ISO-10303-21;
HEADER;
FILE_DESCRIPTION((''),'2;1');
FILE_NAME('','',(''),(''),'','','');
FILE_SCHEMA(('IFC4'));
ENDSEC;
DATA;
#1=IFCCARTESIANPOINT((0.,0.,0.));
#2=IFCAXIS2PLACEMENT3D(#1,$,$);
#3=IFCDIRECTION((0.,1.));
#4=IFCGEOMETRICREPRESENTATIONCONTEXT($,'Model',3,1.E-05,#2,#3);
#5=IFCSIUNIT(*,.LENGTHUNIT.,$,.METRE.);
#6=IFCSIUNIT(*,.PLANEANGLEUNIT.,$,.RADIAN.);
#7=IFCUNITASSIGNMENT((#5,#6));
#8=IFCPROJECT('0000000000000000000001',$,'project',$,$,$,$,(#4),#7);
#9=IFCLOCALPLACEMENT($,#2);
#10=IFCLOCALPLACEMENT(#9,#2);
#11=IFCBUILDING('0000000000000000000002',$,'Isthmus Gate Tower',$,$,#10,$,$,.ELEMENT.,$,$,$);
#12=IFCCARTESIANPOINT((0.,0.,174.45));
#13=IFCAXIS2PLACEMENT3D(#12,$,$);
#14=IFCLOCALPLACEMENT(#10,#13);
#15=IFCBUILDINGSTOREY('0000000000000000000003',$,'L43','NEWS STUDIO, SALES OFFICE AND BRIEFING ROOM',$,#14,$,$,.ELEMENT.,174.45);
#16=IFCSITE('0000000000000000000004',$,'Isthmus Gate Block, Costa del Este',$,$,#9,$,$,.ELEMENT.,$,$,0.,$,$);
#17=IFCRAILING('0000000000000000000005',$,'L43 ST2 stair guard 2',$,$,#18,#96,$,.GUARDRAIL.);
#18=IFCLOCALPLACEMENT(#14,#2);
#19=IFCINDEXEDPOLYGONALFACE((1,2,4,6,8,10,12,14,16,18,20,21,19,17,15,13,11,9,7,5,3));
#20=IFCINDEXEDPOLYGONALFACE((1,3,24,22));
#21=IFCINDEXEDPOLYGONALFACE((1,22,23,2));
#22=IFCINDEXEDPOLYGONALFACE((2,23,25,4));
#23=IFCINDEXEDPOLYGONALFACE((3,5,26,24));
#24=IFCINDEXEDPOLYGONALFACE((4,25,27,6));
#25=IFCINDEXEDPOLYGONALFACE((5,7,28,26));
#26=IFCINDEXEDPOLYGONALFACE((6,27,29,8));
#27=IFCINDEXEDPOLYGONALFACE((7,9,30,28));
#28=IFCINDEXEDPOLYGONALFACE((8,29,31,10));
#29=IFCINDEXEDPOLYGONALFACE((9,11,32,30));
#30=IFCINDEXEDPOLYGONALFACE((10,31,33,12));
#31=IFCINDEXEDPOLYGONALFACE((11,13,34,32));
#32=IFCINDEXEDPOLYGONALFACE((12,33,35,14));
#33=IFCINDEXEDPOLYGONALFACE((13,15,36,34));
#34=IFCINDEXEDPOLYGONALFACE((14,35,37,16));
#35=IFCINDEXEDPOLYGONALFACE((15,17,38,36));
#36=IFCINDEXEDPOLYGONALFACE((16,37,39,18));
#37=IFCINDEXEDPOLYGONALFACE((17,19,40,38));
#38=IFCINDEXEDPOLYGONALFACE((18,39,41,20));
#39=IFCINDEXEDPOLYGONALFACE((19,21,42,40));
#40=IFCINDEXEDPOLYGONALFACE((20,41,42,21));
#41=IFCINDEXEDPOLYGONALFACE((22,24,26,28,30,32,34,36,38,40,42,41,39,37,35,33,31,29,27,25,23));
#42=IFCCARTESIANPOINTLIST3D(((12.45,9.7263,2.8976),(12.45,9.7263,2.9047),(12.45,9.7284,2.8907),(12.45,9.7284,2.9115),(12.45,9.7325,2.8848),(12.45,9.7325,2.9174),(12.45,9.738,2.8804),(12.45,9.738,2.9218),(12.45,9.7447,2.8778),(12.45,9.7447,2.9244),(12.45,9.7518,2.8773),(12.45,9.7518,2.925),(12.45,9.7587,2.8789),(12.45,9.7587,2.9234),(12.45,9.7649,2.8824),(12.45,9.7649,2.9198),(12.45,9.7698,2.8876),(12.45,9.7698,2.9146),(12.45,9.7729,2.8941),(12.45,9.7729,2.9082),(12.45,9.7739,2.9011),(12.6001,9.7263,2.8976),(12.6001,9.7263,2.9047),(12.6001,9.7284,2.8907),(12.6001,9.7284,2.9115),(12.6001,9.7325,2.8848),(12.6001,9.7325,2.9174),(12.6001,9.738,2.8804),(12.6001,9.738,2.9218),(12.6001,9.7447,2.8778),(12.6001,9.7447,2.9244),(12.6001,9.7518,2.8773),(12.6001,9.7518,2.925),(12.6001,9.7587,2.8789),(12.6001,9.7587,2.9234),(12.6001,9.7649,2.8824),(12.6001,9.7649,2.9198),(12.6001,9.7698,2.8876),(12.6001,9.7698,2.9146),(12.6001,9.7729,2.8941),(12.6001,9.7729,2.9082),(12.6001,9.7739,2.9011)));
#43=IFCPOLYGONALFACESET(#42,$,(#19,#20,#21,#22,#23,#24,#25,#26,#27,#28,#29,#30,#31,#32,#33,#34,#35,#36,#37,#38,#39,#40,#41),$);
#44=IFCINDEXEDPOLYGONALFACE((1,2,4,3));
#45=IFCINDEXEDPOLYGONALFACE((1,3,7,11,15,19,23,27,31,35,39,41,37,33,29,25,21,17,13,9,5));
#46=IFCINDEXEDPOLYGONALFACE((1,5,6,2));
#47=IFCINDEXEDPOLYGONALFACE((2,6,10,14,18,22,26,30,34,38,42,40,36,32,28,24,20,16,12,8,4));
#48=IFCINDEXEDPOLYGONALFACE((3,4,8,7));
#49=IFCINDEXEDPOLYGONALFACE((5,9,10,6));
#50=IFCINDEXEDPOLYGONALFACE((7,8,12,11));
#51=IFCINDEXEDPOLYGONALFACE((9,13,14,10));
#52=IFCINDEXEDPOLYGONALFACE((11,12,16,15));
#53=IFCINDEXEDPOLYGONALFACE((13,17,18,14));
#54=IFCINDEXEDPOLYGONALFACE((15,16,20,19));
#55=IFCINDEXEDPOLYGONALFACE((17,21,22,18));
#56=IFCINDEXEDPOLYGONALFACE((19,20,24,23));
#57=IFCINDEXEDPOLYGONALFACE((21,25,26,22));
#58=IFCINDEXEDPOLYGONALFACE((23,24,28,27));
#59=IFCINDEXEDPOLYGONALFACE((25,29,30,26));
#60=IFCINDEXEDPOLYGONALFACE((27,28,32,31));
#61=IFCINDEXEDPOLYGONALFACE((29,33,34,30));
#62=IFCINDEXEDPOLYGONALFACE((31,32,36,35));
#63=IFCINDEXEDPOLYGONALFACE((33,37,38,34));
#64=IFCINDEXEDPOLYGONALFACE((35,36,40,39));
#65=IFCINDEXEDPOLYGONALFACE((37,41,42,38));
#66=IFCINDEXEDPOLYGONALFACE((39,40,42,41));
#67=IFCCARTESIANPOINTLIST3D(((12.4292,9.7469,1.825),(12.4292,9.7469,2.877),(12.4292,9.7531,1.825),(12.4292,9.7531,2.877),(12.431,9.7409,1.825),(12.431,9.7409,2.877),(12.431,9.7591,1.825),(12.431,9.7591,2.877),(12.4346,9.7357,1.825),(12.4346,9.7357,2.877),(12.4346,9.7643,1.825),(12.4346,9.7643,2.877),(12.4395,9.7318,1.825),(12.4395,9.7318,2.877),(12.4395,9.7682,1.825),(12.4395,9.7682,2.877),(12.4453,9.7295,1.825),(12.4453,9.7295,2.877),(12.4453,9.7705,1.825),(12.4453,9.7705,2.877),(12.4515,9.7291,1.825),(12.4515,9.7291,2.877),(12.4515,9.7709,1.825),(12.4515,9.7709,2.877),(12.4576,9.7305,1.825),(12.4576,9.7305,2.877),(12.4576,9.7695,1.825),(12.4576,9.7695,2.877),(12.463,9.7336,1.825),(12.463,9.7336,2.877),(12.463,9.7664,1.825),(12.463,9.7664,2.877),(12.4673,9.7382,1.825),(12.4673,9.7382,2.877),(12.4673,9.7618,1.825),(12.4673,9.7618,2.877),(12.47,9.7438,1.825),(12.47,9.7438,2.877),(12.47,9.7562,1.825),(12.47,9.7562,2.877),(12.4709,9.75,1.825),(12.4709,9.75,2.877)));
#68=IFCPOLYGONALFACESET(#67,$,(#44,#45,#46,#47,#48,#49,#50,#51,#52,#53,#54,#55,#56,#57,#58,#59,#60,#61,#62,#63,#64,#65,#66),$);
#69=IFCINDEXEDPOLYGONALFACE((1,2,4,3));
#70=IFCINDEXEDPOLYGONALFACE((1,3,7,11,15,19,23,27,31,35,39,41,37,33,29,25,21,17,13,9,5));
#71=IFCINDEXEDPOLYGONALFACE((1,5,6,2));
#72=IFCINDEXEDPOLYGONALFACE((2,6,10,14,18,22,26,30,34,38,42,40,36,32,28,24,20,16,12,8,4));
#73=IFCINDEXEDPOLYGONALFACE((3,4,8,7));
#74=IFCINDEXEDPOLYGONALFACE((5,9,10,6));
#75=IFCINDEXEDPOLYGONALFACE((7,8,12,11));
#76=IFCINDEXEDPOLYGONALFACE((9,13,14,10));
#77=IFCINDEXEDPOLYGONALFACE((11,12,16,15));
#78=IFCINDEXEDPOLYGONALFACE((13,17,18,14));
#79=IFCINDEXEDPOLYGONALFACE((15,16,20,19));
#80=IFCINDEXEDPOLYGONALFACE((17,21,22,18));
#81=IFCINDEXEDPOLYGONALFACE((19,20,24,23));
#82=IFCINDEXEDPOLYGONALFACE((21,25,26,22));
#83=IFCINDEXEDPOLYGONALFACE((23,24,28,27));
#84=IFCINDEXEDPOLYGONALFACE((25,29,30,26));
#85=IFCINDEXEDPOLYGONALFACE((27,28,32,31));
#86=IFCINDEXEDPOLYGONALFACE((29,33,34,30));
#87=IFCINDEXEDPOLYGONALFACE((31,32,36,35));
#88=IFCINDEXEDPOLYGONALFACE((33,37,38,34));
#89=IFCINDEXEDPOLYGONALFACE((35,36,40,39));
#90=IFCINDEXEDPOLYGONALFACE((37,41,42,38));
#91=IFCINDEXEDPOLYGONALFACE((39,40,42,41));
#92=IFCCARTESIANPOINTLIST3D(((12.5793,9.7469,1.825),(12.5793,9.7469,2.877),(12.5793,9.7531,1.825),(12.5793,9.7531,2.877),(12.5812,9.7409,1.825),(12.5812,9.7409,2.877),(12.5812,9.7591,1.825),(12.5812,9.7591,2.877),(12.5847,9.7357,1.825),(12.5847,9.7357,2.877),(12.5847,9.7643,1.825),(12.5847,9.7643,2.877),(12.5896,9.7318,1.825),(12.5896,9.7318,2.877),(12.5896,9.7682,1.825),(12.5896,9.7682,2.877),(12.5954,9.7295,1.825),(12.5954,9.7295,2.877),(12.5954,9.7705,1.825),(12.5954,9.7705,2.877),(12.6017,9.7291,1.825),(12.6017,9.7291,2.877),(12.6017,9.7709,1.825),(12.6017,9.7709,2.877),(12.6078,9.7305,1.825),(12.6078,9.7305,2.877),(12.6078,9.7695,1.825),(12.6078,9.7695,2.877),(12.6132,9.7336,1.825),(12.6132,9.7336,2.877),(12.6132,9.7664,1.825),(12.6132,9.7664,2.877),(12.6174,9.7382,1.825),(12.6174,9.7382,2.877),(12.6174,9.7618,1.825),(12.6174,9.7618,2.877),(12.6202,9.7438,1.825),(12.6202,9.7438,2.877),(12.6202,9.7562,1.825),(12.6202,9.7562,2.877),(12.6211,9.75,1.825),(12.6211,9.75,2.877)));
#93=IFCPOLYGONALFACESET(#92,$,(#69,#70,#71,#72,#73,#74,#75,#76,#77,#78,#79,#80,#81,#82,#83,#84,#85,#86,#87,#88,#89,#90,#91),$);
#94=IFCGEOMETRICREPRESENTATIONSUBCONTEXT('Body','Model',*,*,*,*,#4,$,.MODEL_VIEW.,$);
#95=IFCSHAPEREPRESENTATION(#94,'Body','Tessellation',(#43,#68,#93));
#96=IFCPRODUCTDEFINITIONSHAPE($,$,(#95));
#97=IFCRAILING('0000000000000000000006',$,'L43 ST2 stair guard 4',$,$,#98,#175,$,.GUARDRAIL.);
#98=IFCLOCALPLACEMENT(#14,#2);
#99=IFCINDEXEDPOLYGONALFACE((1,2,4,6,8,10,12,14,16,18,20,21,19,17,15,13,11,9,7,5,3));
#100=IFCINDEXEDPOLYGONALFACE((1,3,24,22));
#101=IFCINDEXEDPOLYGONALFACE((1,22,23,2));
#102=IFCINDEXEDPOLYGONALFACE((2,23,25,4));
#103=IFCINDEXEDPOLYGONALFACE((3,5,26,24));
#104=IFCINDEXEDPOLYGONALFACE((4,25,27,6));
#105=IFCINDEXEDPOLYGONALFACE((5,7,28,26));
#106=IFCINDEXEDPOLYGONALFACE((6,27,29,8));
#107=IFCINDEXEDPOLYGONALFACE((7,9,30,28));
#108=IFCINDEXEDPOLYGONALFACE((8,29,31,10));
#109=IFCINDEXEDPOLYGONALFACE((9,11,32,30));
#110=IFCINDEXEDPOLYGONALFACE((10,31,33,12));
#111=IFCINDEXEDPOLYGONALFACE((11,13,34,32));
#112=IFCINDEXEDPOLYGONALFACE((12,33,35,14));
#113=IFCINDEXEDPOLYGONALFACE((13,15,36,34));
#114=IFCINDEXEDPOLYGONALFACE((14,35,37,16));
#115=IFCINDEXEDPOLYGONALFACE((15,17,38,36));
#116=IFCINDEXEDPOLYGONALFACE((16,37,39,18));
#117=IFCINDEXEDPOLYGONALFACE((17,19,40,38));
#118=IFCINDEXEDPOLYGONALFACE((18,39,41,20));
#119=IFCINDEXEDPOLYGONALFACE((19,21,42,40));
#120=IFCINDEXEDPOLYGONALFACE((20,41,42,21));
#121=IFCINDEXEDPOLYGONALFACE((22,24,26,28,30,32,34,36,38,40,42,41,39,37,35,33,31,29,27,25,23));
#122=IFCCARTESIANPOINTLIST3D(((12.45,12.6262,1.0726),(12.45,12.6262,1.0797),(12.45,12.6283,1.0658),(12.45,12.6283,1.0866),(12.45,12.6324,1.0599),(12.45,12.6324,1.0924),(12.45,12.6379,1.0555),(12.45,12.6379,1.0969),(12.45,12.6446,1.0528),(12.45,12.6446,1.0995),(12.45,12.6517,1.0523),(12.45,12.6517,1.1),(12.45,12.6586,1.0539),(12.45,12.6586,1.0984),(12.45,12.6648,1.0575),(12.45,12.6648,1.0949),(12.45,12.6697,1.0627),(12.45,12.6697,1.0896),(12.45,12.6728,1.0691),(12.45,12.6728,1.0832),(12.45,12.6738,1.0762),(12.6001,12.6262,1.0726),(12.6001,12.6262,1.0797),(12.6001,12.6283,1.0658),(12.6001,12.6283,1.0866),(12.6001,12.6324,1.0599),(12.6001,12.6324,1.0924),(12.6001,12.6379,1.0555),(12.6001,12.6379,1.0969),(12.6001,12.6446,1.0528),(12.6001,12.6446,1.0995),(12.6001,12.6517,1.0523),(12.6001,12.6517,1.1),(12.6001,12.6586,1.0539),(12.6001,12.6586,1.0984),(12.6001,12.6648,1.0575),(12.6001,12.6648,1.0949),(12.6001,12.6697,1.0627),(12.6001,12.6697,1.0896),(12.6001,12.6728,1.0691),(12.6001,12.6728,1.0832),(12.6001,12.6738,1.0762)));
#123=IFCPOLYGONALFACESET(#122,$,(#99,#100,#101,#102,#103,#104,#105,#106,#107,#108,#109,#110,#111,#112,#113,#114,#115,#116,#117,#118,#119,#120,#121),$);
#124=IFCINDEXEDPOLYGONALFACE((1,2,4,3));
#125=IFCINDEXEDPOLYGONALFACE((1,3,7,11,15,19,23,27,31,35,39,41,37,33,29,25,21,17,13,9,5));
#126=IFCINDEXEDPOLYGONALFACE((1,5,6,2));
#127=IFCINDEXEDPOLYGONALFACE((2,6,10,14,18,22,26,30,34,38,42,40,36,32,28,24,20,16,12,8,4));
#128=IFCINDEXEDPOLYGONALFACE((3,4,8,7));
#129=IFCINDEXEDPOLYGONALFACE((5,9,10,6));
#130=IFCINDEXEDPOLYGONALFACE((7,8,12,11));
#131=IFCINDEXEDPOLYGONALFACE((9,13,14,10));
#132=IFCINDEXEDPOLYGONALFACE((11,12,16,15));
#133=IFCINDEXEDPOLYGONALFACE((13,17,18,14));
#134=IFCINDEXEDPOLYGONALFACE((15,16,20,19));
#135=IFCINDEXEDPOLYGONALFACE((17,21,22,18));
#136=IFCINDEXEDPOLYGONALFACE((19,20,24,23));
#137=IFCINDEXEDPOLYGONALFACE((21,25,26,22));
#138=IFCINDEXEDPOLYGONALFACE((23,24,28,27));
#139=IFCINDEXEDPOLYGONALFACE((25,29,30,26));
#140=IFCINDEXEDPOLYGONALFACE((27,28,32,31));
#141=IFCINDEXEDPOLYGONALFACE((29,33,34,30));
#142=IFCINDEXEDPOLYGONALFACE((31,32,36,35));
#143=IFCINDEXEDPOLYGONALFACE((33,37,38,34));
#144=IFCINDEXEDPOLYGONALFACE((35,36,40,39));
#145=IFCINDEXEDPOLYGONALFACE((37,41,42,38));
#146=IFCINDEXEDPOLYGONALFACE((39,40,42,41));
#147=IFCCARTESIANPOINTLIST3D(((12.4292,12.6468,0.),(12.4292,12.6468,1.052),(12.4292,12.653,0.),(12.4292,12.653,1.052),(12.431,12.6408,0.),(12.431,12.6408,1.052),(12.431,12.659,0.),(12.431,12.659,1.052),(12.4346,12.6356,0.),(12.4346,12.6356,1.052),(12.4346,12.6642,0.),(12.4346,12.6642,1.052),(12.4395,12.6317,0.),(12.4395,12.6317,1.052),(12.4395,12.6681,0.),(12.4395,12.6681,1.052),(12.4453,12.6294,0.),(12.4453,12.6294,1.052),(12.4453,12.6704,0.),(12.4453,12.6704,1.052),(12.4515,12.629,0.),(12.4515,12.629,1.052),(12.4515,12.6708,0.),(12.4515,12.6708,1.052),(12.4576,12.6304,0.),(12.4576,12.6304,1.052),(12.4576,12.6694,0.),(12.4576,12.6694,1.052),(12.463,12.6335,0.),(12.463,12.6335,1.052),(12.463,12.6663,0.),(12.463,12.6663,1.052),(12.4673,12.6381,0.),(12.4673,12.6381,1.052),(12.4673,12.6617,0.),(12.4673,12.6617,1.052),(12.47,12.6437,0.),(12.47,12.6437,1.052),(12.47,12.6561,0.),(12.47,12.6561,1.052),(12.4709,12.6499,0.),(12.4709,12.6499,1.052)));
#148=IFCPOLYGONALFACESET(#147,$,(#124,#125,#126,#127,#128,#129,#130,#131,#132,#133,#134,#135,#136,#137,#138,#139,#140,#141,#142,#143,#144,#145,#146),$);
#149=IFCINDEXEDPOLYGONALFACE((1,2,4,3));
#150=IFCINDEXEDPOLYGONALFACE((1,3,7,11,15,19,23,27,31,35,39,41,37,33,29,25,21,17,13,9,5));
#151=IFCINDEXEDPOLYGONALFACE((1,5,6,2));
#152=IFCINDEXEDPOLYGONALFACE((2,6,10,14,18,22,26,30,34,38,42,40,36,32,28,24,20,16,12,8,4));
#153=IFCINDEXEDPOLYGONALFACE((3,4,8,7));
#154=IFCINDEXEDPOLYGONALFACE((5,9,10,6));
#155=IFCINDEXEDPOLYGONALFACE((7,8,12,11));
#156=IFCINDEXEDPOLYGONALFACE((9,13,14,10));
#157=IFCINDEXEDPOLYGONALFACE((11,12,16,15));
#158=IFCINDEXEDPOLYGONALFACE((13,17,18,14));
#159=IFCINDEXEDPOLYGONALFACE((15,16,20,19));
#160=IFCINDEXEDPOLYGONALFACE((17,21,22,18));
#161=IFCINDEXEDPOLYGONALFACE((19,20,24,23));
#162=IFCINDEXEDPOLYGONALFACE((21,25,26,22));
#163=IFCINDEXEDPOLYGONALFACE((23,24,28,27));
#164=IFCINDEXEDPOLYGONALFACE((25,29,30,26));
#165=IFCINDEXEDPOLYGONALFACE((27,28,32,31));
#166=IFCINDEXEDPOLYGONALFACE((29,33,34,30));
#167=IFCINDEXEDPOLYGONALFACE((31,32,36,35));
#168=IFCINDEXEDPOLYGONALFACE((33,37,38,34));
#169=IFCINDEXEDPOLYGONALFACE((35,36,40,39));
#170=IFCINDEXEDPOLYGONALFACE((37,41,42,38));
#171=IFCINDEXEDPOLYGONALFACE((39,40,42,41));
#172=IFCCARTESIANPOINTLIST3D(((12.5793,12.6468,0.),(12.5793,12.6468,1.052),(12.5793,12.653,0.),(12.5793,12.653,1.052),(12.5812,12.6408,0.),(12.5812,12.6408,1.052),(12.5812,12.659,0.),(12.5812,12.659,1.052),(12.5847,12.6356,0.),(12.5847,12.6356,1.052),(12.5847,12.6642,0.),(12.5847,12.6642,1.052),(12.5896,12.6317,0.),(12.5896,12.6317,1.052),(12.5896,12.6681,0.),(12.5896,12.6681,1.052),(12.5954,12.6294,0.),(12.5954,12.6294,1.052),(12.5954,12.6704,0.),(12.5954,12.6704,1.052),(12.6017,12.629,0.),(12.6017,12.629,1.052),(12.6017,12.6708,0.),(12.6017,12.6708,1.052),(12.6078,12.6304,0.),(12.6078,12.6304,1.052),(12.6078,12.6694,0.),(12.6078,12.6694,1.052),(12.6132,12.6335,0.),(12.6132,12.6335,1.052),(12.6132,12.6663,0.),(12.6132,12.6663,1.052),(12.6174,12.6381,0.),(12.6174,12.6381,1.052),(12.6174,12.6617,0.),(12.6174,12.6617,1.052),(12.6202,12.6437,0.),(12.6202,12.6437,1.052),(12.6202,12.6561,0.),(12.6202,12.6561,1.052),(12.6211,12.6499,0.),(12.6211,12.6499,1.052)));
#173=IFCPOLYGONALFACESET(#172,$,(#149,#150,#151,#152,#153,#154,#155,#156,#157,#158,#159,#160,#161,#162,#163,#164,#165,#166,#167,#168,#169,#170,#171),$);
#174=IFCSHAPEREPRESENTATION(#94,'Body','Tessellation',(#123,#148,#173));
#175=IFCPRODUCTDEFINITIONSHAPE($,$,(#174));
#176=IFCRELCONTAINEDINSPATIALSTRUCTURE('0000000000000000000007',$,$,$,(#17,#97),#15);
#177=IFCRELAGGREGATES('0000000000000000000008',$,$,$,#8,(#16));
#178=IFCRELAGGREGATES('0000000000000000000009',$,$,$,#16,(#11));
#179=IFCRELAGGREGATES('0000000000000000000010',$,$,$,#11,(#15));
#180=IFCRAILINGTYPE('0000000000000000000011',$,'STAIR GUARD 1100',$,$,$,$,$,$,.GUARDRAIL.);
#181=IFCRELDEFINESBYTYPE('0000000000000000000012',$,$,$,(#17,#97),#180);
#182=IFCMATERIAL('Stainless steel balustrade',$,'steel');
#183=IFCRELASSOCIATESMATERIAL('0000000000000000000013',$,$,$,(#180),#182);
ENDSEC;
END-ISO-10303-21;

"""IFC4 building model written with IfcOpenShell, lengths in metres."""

from ifc_helpers import new_model, si_unit, direction, frame, origin, origin_2d, place, context, subcontext, project, spatial, circle, extrude, material, type_object, element, save


model = new_model("IFC4")

# Units and contexts
model_context = context("Model", 3, precision=1e-05, world=origin(), true_north=direction((0.0, 1.0)))
body_context = subcontext(model_context, "Body", "Model", "MODEL_VIEW")
ifc_project = project(units=[si_unit("LENGTHUNIT", "METRE"), si_unit("PLANEANGLEUNIT", "RADIAN")], contexts=[model_context])

# Site, building, storey
site_placement = place(None, origin())
site = spatial("IfcSite", under=ifc_project, at=site_placement, Name="Isthmus Gate Block, Costa del Este", CompositionType="ELEMENT", RefElevation=0.0)
building_placement = place(site_placement, origin())
building = spatial("IfcBuilding", under=site, at=building_placement, Name="Isthmus Gate Tower", CompositionType="ELEMENT")
storey_placement = place(building_placement, frame((0.0, 0.0, 174.45)))
storey = spatial("IfcBuildingStorey", under=building, at=storey_placement, Name="L43", Description="NEWS STUDIO, SALES OFFICE AND BRIEFING ROOM", CompositionType="ELEMENT", Elevation=174.45)

# Railings
ifc_material_1 = material(Name="Stainless steel balustrade", Category="steel")
railing_type_1 = type_object("IfcRailingType", Name="STAIR GUARD 1100", PredefinedType="GUARDRAIL", material=ifc_material_1)
for number, where, name in (
    (1, (12.45, 9.75, 1.825), "L43 ST2 stair guard 2"),
    (2, (12.45, 12.6499, 0.0), "L43 ST2 stair guard 4"),
):
    element("IfcRailing", number, at=place(storey_placement, frame(where)), inside=storey, type_object=railing_type_1, Name=name, PredefinedType="GUARDRAIL", context=body_context, shape_type="SweptSolid", body=[
        extrude(circle(Radius=0.0239, at=origin_2d()), frame((0.0, 0.0, 1.0762), z_axis=(1.0, 0.0, 0.0), x_axis=(0.0, 1.0, 0.0)), (0.0, 0.0, 1.0), 0.1501),
        extrude(circle(Radius=0.021, at=origin_2d()), origin(), (0.0, 0.0, 1.0), 1.052),
        extrude(circle(Radius=0.021, at=origin_2d()), frame((0.1501, 0.0, 0.0)), (0.0, 0.0, 1.0), 1.052),
    ])

save(model, "model.ifc")
